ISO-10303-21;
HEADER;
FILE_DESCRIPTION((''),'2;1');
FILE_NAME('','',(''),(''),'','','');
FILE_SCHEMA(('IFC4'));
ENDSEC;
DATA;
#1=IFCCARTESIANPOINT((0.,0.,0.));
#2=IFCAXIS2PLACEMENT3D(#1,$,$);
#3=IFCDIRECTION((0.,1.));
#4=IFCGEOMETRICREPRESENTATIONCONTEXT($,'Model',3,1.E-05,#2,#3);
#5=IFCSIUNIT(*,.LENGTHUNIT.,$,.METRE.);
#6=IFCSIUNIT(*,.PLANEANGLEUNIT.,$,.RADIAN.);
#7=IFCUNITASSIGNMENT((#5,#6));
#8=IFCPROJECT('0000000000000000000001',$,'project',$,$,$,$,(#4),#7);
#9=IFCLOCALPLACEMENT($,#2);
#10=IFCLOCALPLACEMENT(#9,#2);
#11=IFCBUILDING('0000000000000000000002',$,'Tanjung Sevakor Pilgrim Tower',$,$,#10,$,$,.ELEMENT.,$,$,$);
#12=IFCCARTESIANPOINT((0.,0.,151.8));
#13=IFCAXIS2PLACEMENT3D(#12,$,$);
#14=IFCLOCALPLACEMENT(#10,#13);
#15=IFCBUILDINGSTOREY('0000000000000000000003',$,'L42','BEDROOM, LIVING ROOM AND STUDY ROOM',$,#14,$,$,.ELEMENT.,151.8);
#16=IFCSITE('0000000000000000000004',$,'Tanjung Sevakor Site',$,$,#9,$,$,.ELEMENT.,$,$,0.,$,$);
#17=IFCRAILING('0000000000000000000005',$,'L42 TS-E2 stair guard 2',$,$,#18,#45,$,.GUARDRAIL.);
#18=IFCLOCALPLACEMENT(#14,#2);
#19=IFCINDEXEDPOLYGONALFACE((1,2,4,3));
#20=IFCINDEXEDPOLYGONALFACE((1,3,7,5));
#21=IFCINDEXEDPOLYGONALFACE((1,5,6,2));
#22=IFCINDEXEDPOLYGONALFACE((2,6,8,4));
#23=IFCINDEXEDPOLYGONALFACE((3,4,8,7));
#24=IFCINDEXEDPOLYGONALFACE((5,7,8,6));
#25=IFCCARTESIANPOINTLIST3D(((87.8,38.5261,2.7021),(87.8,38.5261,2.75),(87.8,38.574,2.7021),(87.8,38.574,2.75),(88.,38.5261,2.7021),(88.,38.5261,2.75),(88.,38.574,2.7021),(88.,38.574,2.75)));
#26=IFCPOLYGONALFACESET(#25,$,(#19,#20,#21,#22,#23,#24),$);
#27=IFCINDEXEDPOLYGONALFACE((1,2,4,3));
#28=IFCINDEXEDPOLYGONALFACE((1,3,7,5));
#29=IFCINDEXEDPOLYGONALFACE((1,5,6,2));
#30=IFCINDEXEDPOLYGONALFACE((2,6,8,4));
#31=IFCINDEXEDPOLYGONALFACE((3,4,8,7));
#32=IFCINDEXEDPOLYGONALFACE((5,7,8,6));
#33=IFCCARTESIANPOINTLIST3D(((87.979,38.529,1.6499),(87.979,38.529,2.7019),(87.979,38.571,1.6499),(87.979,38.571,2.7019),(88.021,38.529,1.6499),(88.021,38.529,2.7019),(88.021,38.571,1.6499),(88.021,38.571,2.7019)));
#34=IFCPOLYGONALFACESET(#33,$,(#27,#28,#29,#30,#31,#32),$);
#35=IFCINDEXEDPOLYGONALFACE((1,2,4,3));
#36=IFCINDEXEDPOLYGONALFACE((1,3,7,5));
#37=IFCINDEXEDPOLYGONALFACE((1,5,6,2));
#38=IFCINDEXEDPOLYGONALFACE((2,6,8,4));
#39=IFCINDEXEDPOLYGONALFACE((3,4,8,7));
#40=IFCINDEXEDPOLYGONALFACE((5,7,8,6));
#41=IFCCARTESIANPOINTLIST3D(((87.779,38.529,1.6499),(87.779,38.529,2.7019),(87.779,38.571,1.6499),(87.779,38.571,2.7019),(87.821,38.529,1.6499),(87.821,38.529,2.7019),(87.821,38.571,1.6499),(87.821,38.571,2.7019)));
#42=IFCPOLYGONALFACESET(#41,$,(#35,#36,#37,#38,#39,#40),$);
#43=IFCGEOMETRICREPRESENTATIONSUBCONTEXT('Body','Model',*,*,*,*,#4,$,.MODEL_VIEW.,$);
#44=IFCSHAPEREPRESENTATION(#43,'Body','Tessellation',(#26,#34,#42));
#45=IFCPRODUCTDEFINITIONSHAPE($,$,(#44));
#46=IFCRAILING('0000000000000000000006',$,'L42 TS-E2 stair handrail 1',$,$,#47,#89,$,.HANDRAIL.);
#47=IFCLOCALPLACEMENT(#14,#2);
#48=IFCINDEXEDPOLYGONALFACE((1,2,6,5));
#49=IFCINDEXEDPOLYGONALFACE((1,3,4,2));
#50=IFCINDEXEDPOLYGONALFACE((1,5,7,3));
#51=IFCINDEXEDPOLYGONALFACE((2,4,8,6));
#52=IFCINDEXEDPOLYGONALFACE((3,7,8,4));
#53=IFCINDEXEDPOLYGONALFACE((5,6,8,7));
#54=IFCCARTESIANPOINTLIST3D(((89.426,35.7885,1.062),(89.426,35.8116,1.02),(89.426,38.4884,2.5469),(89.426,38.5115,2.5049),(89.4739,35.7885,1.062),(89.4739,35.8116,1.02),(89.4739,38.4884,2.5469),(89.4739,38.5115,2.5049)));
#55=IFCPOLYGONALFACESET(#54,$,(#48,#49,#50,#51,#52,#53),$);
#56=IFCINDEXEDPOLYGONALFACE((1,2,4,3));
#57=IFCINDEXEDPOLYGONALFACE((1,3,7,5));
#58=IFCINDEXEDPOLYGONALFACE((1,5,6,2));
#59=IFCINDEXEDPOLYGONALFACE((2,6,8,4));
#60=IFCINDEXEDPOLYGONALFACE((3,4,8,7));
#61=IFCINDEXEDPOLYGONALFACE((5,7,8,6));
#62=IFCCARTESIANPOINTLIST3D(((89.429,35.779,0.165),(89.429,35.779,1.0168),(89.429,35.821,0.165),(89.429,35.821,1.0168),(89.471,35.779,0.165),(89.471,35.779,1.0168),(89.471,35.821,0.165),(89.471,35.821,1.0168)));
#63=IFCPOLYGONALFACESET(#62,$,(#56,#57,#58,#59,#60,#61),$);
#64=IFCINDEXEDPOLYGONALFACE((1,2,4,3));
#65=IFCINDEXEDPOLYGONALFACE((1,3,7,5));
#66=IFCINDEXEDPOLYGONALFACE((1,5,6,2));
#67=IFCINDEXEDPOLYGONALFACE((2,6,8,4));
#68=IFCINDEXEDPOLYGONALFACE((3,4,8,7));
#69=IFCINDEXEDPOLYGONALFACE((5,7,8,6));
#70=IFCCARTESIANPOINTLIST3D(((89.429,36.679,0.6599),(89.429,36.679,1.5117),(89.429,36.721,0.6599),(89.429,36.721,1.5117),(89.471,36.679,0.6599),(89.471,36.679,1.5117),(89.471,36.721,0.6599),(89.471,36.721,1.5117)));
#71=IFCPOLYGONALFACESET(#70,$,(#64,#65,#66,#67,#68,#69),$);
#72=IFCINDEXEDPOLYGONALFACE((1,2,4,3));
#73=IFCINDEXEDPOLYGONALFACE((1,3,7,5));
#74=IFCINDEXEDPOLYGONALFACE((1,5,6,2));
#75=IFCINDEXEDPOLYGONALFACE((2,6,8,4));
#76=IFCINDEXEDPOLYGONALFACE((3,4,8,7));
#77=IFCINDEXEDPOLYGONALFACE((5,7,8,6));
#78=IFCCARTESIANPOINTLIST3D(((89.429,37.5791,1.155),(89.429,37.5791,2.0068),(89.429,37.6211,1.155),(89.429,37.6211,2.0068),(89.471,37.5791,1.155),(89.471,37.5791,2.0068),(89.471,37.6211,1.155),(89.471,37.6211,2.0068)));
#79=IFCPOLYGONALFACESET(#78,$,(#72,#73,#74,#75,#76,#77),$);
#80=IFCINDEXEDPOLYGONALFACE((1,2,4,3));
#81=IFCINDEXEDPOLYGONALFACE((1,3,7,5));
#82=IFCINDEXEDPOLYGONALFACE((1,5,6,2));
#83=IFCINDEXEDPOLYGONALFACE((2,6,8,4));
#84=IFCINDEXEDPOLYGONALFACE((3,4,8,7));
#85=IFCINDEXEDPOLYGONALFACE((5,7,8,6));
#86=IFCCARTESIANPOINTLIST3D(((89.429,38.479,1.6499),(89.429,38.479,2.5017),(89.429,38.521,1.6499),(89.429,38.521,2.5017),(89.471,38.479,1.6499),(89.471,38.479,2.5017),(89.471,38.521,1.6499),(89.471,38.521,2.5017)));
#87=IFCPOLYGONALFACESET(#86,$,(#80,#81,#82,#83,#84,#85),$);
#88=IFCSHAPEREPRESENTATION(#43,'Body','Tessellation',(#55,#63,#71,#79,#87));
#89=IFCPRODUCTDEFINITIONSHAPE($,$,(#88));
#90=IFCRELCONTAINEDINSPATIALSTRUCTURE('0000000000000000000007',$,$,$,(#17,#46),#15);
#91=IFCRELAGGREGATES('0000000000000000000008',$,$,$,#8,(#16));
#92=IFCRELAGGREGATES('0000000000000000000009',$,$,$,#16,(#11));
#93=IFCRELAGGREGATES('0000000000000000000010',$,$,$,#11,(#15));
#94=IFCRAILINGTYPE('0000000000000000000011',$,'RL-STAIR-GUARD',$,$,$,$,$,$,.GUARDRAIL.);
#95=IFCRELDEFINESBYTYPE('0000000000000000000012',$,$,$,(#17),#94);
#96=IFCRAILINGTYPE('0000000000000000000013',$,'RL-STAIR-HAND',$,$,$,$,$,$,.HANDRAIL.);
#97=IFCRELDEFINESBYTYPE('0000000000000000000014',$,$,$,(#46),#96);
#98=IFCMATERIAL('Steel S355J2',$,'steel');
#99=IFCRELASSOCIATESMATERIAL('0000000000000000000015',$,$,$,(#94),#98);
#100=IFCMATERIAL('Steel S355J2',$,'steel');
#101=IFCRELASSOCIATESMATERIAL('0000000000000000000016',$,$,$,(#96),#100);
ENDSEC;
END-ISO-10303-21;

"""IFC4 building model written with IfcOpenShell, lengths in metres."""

from ifc_helpers import new_model, si_unit, direction, frame, origin, place, context, subcontext, project, spatial, rectangle, extrude, material, type_object, element, save


model = new_model("IFC4")

# Units and contexts
model_context = context("Model", 3, precision=1e-05, world=origin(), true_north=direction((0.0, 1.0)))
body_context = subcontext(model_context, "Body", "Model", "MODEL_VIEW")
ifc_project = project(units=[si_unit("LENGTHUNIT", "METRE"), si_unit("PLANEANGLEUNIT", "RADIAN")], contexts=[model_context])

# Site, building, storey
site_placement = place(None, origin())
site = spatial("IfcSite", under=ifc_project, at=site_placement, Name="Tanjung Sevakor Site", CompositionType="ELEMENT", RefElevation=0.0)
building_placement = place(site_placement, origin())
building = spatial("IfcBuilding", under=site, at=building_placement, Name="Tanjung Sevakor Pilgrim Tower", CompositionType="ELEMENT")
storey_placement = place(building_placement, frame((0.0, 0.0, 151.8)))
storey = spatial("IfcBuildingStorey", under=building, at=storey_placement, Name="L42", Description="BEDROOM, LIVING ROOM AND STUDY ROOM", CompositionType="ELEMENT", Elevation=151.8)

# Railings
ifc_material_1 = material(Name="Steel S355J2", Category="steel")
railing_type_1 = type_object("IfcRailingType", Name="RL-STAIR-GUARD", PredefinedType="GUARDRAIL", material=ifc_material_1)
railing_1_placement = place(storey_placement, frame((88.0, 38.55, 1.6499)))
element("IfcRailing", 1, at=railing_1_placement, inside=storey, type_object=railing_type_1, Name="L42 TS-E2 stair guard 2", PredefinedType="GUARDRAIL", context=body_context, shape_type="SweptSolid", body=[
    extrude(rectangle(XDim=0.0479, YDim=0.0479), frame((0.0, 0.0, 1.0762), z_axis=(-1.0, 0.0, 0.0), x_axis=(0.0, -1.0, 0.0)), (0.0, 0.0, 1.0), 0.2),
    extrude(rectangle(XDim=0.042, YDim=0.042), origin(), (0.0, 0.0, 1.0), 1.052),
    extrude(rectangle(XDim=0.042, YDim=0.042), frame((-0.2, 0.0, 0.0)), (0.0, 0.0, 1.0), 1.052),
])
ifc_material_2 = material(Name="Steel S355J2", Category="steel")
railing_type_2 = type_object("IfcRailingType", Name="RL-STAIR-HAND", PredefinedType="HANDRAIL", material=ifc_material_2)
railing_2_placement = place(storey_placement, frame((89.45, 35.8, 0.165)))
element("IfcRailing", 2, at=railing_2_placement, inside=storey, type_object=railing_type_2, Name="L42 TS-E2 stair handrail 1", PredefinedType="HANDRAIL", context=body_context, shape_type="SweptSolid", body=[
    extrude(rectangle(XDim=0.0479, YDim=0.0479), frame((0.0, 0.0, 0.876), z_axis=(0.0, 0.876231, 0.481891), x_axis=(-1.0, 0.0, 0.0)), (0.0, 0.0, 1.0), 3.0813),
    extrude(rectangle(XDim=0.042, YDim=0.042), origin(), (0.0, 0.0, 1.0), 0.8518),
    extrude(rectangle(XDim=0.042, YDim=0.042), frame((0.0, 0.8999, 0.4949)), (0.0, 0.0, 1.0), 0.8518),
    extrude(rectangle(XDim=0.042, YDim=0.042), frame((0.0, 1.8, 0.99)), (0.0, 0.0, 1.0), 0.8518),
    extrude(rectangle(XDim=0.042, YDim=0.042), frame((0.0, 2.7, 1.4849)), (0.0, 0.0, 1.0), 0.8518),
])

save(model, "model.ifc")
